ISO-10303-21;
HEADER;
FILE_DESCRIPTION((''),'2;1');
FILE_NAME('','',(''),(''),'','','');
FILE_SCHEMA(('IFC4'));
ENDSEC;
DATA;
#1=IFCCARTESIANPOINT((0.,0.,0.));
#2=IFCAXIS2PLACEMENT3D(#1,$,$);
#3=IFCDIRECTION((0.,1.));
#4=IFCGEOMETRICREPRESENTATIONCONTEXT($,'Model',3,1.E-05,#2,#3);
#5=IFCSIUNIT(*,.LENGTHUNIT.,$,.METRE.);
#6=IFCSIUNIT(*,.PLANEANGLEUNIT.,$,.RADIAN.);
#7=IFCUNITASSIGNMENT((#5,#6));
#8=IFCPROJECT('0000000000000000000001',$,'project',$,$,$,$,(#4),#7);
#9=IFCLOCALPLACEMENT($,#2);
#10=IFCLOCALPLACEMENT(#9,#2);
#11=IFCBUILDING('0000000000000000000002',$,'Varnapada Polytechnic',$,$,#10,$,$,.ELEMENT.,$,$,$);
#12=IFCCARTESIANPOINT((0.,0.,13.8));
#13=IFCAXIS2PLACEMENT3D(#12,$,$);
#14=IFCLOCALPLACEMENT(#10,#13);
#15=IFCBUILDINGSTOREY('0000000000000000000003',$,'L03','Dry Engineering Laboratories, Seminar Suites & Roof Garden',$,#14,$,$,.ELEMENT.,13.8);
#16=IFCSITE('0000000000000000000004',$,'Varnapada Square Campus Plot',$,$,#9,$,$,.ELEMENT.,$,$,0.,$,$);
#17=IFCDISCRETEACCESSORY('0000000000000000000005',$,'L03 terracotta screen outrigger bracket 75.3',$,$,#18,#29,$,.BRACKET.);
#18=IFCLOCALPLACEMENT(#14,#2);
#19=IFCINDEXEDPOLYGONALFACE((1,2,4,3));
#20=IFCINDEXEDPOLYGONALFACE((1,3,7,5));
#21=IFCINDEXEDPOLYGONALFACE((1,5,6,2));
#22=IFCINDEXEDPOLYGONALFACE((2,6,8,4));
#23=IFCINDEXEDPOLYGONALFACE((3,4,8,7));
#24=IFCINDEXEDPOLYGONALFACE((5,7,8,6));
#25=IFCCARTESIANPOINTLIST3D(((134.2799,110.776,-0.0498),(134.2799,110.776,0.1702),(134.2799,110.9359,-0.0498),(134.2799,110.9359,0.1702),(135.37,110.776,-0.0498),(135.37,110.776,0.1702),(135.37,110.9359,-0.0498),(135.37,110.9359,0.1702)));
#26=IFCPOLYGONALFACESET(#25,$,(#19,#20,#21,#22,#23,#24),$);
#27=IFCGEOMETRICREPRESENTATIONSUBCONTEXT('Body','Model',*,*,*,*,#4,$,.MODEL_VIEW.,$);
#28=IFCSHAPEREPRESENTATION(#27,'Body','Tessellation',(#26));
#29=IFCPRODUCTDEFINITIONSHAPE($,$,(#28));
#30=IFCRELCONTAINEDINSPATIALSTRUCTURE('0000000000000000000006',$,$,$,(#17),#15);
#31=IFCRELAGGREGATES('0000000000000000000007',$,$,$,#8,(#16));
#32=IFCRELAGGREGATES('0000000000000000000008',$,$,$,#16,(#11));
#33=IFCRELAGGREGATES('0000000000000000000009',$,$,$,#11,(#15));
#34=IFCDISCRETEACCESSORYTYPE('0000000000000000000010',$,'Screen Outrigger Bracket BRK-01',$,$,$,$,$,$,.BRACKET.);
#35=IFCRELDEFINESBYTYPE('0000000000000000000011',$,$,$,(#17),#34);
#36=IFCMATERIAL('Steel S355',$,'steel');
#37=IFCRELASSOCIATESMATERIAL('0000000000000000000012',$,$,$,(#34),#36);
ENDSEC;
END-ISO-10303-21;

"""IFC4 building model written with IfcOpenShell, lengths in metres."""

from ifc_helpers import new_model, si_unit, direction, frame, origin, origin_2d, place, context, subcontext, project, spatial, rectangle, extrude, material, type_object, element, save


model = new_model("IFC4")

# Units and contexts
model_context = context("Model", 3, precision=1e-05, world=origin(), true_north=direction((0.0, 1.0)))
body_context = subcontext(model_context, "Body", "Model", "MODEL_VIEW")
ifc_project = project(units=[si_unit("LENGTHUNIT", "METRE"), si_unit("PLANEANGLEUNIT", "RADIAN")], contexts=[model_context])

# Site, building, storey
site_placement = place(None, origin())
site = spatial("IfcSite", under=ifc_project, at=site_placement, Name="Varnapada Square Campus Plot", CompositionType="ELEMENT", RefElevation=0.0)
building_placement = place(site_placement, origin())
building = spatial("IfcBuilding", under=site, at=building_placement, Name="Varnapada Polytechnic", CompositionType="ELEMENT")
storey_placement = place(building_placement, frame((0.0, 0.0, 13.8)))
storey = spatial("IfcBuildingStorey", under=building, at=storey_placement, Name="L03", Description="Dry Engineering Laboratories, Seminar Suites & Roof Garden", CompositionType="ELEMENT", Elevation=13.8)

# Discrete accessory
ifc_material_1 = material(Name="Steel S355", Category="steel")
discrete_accessory_type = type_object("IfcDiscreteAccessoryType", Name="Screen Outrigger Bracket BRK-01", PredefinedType="BRACKET", material=ifc_material_1)
for number, where, z_axis, x_axis, name in (
    (1, (134.825, 110.856, -0.0498), (0.0, 0.0, 1.0), (0.0, -1.0, 0.0), "L03 terracotta screen outrigger bracket 75.3"),
):
    element("IfcDiscreteAccessory", number, at=place(storey_placement, frame(where, z_axis=z_axis, x_axis=x_axis)), inside=storey, type_object=discrete_accessory_type, Name=name, PredefinedType="BRACKET", context=body_context, shape_type="SweptSolid", body=[
        extrude(rectangle(XDim=0.1599, YDim=1.0901, at=origin_2d()), origin(), (0.0, 0.0, 1.0), 0.22),
    ])

save(model, "model.ifc")
